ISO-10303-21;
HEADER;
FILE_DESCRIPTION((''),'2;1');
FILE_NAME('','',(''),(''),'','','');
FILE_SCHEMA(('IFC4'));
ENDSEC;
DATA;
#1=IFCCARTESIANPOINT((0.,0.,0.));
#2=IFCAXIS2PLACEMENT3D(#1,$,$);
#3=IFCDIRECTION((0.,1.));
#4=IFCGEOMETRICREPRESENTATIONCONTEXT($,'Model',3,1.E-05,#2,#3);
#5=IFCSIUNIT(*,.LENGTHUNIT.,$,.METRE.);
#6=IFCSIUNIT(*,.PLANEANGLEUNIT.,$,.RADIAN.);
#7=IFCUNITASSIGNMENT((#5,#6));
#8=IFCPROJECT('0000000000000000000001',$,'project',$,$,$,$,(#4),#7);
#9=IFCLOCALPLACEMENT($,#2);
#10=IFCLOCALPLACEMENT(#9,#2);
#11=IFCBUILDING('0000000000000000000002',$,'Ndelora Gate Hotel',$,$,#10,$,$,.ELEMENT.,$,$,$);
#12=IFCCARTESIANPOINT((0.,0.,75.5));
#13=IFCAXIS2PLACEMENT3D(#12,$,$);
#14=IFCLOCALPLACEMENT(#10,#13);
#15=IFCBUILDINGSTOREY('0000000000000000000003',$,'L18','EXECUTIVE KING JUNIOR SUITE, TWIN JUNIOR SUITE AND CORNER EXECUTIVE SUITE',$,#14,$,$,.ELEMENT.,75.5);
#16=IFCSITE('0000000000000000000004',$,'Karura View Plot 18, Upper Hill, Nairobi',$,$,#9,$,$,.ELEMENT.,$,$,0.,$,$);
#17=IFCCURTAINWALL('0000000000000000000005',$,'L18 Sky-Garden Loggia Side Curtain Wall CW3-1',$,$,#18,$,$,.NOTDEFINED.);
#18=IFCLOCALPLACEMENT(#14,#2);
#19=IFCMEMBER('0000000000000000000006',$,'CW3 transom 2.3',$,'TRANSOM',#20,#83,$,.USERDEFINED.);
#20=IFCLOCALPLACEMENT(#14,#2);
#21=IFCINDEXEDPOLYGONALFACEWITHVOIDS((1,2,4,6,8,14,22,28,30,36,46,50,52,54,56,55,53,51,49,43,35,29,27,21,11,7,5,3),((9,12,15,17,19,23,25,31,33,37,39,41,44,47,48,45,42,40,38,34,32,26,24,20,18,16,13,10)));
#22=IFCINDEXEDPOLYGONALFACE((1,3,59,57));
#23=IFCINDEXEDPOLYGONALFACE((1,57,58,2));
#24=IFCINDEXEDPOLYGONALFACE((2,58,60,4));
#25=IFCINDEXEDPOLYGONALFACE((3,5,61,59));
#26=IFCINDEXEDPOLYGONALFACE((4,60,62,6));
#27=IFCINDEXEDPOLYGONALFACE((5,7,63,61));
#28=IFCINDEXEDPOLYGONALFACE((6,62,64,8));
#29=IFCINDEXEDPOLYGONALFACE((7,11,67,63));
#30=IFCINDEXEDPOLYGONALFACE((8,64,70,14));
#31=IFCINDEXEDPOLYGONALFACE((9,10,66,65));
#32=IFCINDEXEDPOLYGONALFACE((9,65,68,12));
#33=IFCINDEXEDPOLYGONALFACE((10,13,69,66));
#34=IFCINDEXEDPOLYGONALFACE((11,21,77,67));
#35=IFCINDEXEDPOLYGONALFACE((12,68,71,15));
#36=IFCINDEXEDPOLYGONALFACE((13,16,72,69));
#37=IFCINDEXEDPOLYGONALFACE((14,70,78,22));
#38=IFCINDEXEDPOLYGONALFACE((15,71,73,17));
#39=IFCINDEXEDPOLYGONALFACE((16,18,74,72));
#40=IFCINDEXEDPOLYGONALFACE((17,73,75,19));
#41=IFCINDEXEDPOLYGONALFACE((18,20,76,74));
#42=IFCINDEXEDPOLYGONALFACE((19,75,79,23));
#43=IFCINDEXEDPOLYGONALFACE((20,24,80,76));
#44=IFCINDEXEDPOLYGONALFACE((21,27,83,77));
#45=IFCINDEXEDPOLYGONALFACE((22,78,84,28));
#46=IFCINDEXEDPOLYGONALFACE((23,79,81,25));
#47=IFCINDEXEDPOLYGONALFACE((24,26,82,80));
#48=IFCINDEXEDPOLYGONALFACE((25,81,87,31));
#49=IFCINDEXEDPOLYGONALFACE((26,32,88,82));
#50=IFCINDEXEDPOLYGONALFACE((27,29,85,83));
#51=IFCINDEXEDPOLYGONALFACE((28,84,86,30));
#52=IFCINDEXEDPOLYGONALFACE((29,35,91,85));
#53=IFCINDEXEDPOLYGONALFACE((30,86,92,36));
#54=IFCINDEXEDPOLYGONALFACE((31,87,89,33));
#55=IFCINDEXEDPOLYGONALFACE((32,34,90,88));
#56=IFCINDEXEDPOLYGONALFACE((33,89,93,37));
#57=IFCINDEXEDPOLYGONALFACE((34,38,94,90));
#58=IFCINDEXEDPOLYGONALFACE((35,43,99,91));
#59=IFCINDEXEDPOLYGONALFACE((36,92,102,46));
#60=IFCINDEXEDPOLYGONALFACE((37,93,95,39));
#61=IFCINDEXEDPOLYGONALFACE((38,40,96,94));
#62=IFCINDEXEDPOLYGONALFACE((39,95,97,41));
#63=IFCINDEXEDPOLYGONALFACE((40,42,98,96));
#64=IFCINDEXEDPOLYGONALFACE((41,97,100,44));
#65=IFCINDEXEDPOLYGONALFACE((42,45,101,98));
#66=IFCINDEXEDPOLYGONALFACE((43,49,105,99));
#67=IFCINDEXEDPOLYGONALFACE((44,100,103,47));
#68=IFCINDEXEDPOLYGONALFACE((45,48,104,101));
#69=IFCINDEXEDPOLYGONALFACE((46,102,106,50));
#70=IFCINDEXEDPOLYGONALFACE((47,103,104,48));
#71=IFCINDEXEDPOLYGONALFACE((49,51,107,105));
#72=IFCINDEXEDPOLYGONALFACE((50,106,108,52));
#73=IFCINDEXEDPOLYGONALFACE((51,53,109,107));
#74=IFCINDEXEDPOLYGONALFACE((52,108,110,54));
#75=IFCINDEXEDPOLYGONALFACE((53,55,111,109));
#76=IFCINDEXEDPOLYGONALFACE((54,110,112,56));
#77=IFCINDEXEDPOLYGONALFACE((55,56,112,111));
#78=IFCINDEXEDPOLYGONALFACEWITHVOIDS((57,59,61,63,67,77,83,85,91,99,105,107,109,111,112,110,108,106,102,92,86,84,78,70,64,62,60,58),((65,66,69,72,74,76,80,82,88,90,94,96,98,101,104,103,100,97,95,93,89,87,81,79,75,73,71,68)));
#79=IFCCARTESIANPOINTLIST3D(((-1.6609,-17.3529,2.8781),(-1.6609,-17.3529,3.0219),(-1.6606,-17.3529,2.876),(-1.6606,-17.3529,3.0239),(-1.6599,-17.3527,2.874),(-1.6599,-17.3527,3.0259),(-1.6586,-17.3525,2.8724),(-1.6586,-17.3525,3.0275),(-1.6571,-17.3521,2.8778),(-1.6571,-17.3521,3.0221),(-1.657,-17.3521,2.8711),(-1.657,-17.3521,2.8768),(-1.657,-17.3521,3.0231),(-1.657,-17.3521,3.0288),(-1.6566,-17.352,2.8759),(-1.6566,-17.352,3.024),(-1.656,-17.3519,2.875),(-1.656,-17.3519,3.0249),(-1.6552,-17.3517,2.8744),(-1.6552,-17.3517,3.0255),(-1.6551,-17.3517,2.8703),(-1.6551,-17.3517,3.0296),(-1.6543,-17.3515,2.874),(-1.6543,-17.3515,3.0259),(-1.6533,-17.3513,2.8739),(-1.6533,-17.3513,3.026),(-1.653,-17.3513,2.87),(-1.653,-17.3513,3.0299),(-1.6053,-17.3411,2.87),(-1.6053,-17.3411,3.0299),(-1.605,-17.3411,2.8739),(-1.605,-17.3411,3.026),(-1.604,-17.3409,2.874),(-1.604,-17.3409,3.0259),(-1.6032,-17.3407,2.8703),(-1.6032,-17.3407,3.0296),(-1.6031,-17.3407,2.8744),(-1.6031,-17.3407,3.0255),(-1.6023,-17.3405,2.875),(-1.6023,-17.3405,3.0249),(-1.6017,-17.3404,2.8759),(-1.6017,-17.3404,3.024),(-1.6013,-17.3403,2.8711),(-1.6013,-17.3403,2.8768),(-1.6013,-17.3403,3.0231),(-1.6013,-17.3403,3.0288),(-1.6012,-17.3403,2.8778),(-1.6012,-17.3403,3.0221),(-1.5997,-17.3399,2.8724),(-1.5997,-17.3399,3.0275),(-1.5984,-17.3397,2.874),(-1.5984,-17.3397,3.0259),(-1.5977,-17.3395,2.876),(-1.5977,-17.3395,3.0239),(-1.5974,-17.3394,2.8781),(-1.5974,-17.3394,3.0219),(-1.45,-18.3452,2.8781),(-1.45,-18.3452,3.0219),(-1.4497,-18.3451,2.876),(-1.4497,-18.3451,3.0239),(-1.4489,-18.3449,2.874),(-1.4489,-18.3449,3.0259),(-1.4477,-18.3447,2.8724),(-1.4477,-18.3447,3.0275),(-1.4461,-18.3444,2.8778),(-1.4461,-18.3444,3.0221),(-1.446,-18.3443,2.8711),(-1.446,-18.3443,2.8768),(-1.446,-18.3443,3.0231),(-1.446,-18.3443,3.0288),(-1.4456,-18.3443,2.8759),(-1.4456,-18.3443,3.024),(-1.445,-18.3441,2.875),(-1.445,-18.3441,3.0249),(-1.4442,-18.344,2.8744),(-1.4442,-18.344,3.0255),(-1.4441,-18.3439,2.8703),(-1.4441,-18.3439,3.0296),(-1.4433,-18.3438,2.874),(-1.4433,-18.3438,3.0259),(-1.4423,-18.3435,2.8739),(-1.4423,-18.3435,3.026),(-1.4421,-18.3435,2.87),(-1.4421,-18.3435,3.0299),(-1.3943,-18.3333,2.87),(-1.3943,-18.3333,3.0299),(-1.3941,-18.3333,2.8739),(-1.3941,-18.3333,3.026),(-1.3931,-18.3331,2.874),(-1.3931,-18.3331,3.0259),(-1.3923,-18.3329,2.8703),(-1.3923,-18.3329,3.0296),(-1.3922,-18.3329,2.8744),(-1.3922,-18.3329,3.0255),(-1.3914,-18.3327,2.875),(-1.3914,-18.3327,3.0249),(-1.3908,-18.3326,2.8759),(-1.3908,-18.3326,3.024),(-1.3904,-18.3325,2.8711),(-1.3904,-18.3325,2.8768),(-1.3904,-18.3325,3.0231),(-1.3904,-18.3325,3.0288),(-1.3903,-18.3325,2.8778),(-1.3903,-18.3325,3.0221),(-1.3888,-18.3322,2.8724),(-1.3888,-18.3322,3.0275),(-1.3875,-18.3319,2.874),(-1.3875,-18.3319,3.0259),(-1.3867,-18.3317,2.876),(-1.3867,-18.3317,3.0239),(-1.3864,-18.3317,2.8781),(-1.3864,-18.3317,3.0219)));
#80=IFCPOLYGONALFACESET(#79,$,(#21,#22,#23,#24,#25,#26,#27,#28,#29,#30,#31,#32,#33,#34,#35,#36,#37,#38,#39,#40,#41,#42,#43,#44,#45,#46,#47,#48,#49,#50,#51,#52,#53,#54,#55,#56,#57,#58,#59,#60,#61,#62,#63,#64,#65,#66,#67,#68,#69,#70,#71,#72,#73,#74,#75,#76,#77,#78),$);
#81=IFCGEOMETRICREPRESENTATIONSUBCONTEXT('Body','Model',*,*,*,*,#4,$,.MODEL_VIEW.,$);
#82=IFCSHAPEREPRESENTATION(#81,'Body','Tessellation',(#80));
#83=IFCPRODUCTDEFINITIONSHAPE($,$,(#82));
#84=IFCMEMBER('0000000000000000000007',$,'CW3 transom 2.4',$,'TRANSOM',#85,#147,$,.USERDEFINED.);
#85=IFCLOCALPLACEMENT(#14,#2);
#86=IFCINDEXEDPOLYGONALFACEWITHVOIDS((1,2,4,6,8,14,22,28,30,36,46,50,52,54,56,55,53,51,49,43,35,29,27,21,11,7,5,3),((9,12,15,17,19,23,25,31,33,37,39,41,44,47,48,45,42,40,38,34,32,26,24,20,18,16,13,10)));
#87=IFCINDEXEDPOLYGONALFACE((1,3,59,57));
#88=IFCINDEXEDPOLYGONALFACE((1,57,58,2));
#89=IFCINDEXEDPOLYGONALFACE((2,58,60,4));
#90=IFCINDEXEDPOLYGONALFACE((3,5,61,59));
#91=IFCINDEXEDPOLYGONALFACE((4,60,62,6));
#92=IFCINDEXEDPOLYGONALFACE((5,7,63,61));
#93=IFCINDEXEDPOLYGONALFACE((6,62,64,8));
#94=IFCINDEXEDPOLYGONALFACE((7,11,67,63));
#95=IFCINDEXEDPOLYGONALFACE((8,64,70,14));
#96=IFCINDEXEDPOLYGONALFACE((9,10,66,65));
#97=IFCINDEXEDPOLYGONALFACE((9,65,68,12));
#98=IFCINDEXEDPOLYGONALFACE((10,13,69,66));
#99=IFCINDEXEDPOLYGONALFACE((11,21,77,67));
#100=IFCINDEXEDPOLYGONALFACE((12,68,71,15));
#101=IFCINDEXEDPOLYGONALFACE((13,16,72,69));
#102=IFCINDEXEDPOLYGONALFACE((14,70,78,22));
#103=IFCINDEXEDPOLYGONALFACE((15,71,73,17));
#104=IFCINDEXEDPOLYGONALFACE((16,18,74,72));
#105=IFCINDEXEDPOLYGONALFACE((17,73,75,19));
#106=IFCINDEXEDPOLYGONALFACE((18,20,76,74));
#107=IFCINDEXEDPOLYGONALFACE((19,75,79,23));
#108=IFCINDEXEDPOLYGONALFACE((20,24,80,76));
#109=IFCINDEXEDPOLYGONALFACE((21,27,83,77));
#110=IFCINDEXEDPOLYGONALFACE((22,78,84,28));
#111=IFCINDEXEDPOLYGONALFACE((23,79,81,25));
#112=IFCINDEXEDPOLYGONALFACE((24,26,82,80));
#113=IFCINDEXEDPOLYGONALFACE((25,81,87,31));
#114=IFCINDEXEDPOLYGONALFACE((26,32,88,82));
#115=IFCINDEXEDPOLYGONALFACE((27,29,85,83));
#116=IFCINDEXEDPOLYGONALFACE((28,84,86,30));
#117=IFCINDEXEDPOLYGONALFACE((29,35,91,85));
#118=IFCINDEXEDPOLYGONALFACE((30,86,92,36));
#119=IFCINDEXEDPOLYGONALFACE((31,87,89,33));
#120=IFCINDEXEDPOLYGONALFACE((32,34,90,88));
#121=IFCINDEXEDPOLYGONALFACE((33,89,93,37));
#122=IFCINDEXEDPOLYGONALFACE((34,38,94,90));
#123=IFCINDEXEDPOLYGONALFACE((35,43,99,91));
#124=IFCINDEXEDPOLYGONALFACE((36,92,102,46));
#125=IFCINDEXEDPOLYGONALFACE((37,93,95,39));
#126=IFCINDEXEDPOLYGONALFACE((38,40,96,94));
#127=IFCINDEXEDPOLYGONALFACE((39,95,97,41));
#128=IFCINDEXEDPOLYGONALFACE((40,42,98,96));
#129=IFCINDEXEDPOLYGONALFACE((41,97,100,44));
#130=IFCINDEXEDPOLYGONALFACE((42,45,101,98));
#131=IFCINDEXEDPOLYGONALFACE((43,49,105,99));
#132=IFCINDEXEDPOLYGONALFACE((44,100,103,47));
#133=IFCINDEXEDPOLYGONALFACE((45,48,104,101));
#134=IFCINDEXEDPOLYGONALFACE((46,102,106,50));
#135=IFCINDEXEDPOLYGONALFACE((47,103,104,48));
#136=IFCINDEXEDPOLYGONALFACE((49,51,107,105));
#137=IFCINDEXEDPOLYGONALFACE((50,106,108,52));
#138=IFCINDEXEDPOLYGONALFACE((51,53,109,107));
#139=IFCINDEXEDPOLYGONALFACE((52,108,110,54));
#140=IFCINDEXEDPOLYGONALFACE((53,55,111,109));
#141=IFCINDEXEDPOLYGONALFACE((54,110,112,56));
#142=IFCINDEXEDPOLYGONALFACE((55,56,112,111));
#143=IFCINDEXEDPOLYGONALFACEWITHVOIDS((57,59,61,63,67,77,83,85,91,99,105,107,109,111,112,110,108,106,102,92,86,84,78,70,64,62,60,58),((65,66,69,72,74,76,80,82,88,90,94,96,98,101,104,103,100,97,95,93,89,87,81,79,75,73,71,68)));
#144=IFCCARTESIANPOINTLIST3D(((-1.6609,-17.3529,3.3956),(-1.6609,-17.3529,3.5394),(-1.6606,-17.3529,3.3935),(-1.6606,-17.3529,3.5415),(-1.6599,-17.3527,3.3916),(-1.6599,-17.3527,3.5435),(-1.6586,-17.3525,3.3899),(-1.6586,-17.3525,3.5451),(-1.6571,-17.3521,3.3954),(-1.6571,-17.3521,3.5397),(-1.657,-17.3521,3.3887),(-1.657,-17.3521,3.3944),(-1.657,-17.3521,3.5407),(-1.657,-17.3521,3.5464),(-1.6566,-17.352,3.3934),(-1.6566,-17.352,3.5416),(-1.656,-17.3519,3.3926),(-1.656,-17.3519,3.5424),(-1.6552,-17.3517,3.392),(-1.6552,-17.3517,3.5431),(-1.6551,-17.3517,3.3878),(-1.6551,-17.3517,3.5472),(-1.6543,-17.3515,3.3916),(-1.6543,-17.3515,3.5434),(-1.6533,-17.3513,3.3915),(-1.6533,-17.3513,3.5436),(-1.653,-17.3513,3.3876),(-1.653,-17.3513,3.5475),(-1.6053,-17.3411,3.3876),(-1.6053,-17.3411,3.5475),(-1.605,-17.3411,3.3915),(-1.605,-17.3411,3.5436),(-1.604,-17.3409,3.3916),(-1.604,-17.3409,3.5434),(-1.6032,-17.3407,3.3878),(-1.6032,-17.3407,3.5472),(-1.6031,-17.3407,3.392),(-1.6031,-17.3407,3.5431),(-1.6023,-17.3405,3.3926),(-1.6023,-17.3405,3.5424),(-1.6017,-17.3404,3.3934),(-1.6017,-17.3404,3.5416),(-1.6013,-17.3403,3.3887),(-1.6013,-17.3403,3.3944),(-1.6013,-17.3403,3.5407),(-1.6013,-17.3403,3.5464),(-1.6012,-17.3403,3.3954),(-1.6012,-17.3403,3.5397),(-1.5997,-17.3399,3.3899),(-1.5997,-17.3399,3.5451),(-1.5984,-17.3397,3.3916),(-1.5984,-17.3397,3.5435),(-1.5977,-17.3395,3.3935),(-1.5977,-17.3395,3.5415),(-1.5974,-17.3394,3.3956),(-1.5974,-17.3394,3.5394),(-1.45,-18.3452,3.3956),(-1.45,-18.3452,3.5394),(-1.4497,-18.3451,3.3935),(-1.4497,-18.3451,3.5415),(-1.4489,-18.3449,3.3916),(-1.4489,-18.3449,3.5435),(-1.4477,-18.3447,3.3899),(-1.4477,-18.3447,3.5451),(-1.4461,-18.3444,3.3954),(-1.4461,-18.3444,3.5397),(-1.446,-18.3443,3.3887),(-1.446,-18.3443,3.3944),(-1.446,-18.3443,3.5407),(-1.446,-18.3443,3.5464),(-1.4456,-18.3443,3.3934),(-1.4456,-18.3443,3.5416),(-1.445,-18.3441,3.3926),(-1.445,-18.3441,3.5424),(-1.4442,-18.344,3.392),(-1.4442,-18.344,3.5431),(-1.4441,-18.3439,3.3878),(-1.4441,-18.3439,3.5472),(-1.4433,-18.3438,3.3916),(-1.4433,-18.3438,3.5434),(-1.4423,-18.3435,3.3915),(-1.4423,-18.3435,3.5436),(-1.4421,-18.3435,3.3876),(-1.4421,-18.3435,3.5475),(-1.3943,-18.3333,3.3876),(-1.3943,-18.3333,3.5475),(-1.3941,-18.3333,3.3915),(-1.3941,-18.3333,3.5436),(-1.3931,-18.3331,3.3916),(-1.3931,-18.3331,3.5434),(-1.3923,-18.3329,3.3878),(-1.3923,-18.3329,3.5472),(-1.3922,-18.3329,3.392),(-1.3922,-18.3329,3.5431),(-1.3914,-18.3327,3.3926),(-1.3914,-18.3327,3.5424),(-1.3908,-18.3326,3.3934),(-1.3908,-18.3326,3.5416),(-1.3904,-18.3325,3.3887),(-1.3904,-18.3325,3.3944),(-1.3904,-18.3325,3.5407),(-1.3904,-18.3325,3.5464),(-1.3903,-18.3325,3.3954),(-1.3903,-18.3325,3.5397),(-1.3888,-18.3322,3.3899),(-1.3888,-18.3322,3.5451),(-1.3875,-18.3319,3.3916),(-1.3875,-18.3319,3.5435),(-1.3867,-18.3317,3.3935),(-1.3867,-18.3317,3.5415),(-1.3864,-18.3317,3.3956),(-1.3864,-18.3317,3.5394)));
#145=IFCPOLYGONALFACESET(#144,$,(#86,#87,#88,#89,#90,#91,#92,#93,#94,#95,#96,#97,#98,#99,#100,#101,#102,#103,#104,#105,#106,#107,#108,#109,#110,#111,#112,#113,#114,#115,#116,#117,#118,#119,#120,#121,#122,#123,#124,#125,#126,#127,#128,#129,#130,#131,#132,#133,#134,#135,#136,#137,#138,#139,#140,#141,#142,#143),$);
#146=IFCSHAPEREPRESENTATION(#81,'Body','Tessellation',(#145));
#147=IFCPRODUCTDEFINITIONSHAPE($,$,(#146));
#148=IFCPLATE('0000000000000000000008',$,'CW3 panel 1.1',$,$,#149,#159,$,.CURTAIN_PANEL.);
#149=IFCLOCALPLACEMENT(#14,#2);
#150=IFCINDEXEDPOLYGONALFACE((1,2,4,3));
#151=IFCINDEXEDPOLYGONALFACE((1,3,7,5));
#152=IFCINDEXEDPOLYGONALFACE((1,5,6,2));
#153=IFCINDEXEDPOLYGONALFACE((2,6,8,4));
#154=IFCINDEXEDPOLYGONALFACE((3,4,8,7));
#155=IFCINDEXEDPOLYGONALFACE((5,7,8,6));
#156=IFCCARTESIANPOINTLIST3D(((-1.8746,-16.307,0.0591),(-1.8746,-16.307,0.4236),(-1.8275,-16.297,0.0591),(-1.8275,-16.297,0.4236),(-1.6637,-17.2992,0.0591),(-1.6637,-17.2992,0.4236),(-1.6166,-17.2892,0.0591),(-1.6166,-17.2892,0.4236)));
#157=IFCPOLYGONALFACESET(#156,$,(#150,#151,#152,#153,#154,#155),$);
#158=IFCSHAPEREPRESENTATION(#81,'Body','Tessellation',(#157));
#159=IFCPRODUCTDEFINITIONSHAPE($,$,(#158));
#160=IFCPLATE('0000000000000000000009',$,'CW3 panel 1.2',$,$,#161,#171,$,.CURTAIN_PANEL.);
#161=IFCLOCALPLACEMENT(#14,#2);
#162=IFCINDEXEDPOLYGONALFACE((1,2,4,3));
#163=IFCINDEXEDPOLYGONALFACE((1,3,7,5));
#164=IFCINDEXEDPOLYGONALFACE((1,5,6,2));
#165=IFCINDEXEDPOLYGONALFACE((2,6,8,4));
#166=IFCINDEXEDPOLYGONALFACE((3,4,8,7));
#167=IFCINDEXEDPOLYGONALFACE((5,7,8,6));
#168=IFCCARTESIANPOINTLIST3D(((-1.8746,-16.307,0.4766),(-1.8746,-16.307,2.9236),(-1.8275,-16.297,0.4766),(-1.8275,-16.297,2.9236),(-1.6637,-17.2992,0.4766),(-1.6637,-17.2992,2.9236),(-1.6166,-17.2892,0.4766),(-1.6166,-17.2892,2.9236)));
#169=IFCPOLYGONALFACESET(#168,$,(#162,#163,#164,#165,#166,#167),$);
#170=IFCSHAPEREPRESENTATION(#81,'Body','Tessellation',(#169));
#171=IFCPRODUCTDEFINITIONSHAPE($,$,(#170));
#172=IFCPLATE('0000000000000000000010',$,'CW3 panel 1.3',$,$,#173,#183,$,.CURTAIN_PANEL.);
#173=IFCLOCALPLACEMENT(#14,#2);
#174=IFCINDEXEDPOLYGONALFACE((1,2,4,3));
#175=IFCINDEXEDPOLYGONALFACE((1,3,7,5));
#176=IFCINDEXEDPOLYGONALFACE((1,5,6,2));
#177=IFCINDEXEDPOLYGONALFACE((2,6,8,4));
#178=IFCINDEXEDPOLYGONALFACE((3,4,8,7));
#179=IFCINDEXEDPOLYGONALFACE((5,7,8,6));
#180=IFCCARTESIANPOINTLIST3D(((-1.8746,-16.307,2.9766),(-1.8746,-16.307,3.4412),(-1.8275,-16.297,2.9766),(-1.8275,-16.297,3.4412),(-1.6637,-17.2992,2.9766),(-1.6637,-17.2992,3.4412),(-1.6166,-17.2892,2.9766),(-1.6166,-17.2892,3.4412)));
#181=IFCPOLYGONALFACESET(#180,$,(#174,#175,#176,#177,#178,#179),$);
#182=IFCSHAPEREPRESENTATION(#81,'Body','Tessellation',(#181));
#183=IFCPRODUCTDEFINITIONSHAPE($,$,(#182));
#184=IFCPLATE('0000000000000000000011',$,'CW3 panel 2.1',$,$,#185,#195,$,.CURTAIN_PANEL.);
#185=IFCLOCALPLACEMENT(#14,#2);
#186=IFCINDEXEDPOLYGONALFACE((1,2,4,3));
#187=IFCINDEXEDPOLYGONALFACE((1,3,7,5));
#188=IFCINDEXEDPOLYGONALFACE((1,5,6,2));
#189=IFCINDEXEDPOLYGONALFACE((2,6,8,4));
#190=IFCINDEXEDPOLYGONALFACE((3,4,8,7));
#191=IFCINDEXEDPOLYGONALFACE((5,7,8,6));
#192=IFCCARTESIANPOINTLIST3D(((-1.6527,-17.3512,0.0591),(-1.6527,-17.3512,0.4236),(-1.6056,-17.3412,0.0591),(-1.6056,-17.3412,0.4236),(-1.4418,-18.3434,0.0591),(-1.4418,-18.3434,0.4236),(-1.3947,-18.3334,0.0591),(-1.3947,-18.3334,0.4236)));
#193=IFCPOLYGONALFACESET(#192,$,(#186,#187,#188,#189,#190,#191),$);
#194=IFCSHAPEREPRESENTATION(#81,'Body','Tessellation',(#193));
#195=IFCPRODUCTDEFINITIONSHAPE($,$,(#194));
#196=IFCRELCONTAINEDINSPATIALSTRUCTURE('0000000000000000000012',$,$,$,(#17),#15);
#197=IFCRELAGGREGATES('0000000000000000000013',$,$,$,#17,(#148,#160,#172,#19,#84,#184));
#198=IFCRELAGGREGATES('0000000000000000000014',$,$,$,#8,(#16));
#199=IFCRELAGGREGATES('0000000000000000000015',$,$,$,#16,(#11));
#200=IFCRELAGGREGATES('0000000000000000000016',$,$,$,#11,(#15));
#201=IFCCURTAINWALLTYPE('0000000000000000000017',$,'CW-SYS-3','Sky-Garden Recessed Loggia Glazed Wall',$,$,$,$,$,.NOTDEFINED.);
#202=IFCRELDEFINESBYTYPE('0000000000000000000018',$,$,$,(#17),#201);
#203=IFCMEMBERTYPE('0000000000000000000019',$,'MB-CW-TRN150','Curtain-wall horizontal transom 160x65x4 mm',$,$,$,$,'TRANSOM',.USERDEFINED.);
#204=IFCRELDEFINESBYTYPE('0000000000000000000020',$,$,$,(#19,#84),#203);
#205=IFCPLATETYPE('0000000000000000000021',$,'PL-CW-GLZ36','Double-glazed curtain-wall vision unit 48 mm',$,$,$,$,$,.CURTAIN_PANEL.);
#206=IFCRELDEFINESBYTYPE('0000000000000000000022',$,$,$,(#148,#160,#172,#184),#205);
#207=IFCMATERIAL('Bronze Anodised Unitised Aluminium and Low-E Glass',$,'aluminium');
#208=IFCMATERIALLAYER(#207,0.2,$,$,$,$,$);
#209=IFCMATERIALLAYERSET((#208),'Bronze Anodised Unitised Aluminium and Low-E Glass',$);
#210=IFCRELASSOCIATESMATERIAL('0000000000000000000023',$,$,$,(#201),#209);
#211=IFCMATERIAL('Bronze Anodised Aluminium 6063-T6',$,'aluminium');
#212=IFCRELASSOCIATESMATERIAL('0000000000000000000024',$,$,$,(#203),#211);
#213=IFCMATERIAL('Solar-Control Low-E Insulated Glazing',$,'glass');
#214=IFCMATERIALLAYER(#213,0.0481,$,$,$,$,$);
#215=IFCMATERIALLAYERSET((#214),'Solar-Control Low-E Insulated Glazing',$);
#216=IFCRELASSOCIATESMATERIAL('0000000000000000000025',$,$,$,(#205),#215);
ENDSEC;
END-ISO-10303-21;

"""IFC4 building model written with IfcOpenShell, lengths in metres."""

from ifc_helpers import new_model, si_unit, direction, frame, origin, origin_2d, place, context, subcontext, project, spatial, rectangle, hollow_rectangle, extrude, material, layer, layer_set, material_profile, profile_set, type_object, element, aggregate, save


model = new_model("IFC4")

# Units and contexts
model_context = context("Model", 3, precision=1e-05, world=origin(), true_north=direction((0.0, 1.0)))
body_context = subcontext(model_context, "Body", "Model", "MODEL_VIEW")
ifc_project = project(units=[si_unit("LENGTHUNIT", "METRE"), si_unit("PLANEANGLEUNIT", "RADIAN")], contexts=[model_context])

# Site, building, storey
site_placement = place(None, origin())
site = spatial("IfcSite", under=ifc_project, at=site_placement, Name="Karura View Plot 18, Upper Hill, Nairobi", CompositionType="ELEMENT", RefElevation=0.0)
building_placement = place(site_placement, origin())
building = spatial("IfcBuilding", under=site, at=building_placement, Name="Ndelora Gate Hotel", CompositionType="ELEMENT")
storey_placement = place(building_placement, frame((0.0, 0.0, 75.5)))
storey = spatial("IfcBuildingStorey", under=building, at=storey_placement, Name="L18", Description="EXECUTIVE KING JUNIOR SUITE, TWIN JUNIOR SUITE AND CORNER EXECUTIVE SUITE", CompositionType="ELEMENT", Elevation=75.5)

# Curtain wall, members, plates
ifc_material_1 = material(Name="Bronze Anodised Unitised Aluminium and Low-E Glass", Category="aluminium")
ifc_layer_1 = layer(ifc_material_1, 0.2)
ifc_layer_set_1 = layer_set([ifc_layer_1], Name="Bronze Anodised Unitised Aluminium and Low-E Glass")
curtain_wall_type = type_object("IfcCurtainWallType", Name="CW-SYS-3", Description="Sky-Garden Recessed Loggia Glazed Wall", PredefinedType="NOTDEFINED", material=ifc_layer_set_1)
curtain_wall_placement = place(storey_placement, origin())
curtain_wall = element("IfcCurtainWall", 1, at=curtain_wall_placement, inside=storey, type_object=curtain_wall_type, Name="L18 Sky-Garden Loggia Side Curtain Wall CW3-1", PredefinedType="NOTDEFINED")
ifc_material_2 = material(Name="Bronze Anodised Aluminium 6063-T6", Category="aluminium")
ifc_material_profile_1 = material_profile(ifc_material_2, hollow_rectangle(XDim=0.0649, YDim=0.1599, WallThickness=0.0039, InnerFilletRadius=0.0039, OuterFilletRadius=0.0081, at=origin_2d()), Name="ALU 160x65x4")
ifc_profile_set_1 = profile_set([ifc_material_profile_1], Name="Bronze Anodised Aluminium 6063-T6")
member_type_1 = type_object("IfcMemberType", Name="MB-CW-TRN150", Description="Curtain-wall horizontal transom 160x65x4 mm", ElementType="TRANSOM", PredefinedType="USERDEFINED", material=ifc_profile_set_1)
member_1_placement = place(storey_placement, frame((-1.6292, -17.3462, 2.95), z_axis=(0.207951, -0.978139, 0.0), x_axis=(0.978139, 0.207951, 0.0)))
member_1 = element("IfcMember", 2, at=member_1_placement, type_object=member_type_1, Name="CW3 transom 2.3", ObjectType="TRANSOM", PredefinedType="USERDEFINED", context=body_context, shape_type="SweptSolid", body=[
    extrude(hollow_rectangle(XDim=0.0649, YDim=0.1599, WallThickness=0.0039, InnerFilletRadius=0.0039, OuterFilletRadius=0.0081, at=origin_2d()), origin(), (0.0, 0.0, 1.0), 1.0144),
])
member_2_placement = place(storey_placement, frame((-1.6292, -17.3462, 3.4675), z_axis=(0.207951, -0.978139, 0.0), x_axis=(0.978139, 0.207951, 0.0)))
member_2 = element("IfcMember", 3, at=member_2_placement, type_object=member_type_1, Name="CW3 transom 2.4", ObjectType="TRANSOM", PredefinedType="USERDEFINED", context=body_context, shape_type="SweptSolid", body=[
    extrude(hollow_rectangle(XDim=0.0649, YDim=0.1599, WallThickness=0.0039, InnerFilletRadius=0.0039, OuterFilletRadius=0.0081, at=origin_2d()), origin(), (0.0, 0.0, 1.0), 1.0144),
])
ifc_material_3 = material(Name="Solar-Control Low-E Insulated Glazing", Category="glass")
ifc_layer_2 = layer(ifc_material_3, 0.0481)
ifc_layer_set_2 = layer_set([ifc_layer_2], Name="Solar-Control Low-E Insulated Glazing")
plate_type_1 = type_object("IfcPlateType", Name="PL-CW-GLZ36", Description="Double-glazed curtain-wall vision unit 48 mm", PredefinedType="CURTAIN_PANEL", material=ifc_layer_set_2)
plate_1_placement = place(storey_placement, frame((-1.7456, -16.7981, 0.0591), z_axis=(0.0, 0.0, 1.0), x_axis=(0.207911, -0.978148, 0.0)))
plate_1 = element("IfcPlate", 4, at=plate_1_placement, type_object=plate_type_1, Name="CW3 panel 1.1", PredefinedType="CURTAIN_PANEL", context=body_context, shape_type="SweptSolid", body=[
    extrude(rectangle(XDim=1.0144, YDim=0.0481, at=origin_2d()), origin(), (0.0, 0.0, 1.0), 0.3645),
])
plate_2_placement = place(storey_placement, frame((-1.7456, -16.7981, 0.4766), z_axis=(0.0, 0.0, 1.0), x_axis=(0.207911, -0.978148, 0.0)))
plate_2 = element("IfcPlate", 5, at=plate_2_placement, type_object=plate_type_1, Name="CW3 panel 1.2", PredefinedType="CURTAIN_PANEL", context=body_context, shape_type="SweptSolid", body=[
    extrude(rectangle(XDim=1.0144, YDim=0.0481, at=origin_2d()), origin(), (0.0, 0.0, 1.0), 2.447),
])
plate_3_placement = place(storey_placement, frame((-1.7456, -16.7981, 2.9766), z_axis=(0.0, 0.0, 1.0), x_axis=(0.207911, -0.978148, 0.0)))
plate_3 = element("IfcPlate", 6, at=plate_3_placement, type_object=plate_type_1, Name="CW3 panel 1.3", PredefinedType="CURTAIN_PANEL", context=body_context, shape_type="SweptSolid", body=[
    extrude(rectangle(XDim=1.0144, YDim=0.0481, at=origin_2d()), origin(), (0.0, 0.0, 1.0), 0.4646),
])
plate_4_placement = place(storey_placement, frame((-1.5237, -17.8423, 0.0591), z_axis=(0.0, 0.0, 1.0), x_axis=(0.207911, -0.978148, 0.0)))
plate_4 = element("IfcPlate", 7, at=plate_4_placement, type_object=plate_type_1, Name="CW3 panel 2.1", PredefinedType="CURTAIN_PANEL", context=body_context, shape_type="SweptSolid", body=[
    extrude(rectangle(XDim=1.0144, YDim=0.0481, at=origin_2d()), origin(), (0.0, 0.0, 1.0), 0.3645),
])
aggregate(curtain_wall, [plate_1, plate_2, plate_3, member_1, member_2, plate_4])

save(model, "model.ifc")
